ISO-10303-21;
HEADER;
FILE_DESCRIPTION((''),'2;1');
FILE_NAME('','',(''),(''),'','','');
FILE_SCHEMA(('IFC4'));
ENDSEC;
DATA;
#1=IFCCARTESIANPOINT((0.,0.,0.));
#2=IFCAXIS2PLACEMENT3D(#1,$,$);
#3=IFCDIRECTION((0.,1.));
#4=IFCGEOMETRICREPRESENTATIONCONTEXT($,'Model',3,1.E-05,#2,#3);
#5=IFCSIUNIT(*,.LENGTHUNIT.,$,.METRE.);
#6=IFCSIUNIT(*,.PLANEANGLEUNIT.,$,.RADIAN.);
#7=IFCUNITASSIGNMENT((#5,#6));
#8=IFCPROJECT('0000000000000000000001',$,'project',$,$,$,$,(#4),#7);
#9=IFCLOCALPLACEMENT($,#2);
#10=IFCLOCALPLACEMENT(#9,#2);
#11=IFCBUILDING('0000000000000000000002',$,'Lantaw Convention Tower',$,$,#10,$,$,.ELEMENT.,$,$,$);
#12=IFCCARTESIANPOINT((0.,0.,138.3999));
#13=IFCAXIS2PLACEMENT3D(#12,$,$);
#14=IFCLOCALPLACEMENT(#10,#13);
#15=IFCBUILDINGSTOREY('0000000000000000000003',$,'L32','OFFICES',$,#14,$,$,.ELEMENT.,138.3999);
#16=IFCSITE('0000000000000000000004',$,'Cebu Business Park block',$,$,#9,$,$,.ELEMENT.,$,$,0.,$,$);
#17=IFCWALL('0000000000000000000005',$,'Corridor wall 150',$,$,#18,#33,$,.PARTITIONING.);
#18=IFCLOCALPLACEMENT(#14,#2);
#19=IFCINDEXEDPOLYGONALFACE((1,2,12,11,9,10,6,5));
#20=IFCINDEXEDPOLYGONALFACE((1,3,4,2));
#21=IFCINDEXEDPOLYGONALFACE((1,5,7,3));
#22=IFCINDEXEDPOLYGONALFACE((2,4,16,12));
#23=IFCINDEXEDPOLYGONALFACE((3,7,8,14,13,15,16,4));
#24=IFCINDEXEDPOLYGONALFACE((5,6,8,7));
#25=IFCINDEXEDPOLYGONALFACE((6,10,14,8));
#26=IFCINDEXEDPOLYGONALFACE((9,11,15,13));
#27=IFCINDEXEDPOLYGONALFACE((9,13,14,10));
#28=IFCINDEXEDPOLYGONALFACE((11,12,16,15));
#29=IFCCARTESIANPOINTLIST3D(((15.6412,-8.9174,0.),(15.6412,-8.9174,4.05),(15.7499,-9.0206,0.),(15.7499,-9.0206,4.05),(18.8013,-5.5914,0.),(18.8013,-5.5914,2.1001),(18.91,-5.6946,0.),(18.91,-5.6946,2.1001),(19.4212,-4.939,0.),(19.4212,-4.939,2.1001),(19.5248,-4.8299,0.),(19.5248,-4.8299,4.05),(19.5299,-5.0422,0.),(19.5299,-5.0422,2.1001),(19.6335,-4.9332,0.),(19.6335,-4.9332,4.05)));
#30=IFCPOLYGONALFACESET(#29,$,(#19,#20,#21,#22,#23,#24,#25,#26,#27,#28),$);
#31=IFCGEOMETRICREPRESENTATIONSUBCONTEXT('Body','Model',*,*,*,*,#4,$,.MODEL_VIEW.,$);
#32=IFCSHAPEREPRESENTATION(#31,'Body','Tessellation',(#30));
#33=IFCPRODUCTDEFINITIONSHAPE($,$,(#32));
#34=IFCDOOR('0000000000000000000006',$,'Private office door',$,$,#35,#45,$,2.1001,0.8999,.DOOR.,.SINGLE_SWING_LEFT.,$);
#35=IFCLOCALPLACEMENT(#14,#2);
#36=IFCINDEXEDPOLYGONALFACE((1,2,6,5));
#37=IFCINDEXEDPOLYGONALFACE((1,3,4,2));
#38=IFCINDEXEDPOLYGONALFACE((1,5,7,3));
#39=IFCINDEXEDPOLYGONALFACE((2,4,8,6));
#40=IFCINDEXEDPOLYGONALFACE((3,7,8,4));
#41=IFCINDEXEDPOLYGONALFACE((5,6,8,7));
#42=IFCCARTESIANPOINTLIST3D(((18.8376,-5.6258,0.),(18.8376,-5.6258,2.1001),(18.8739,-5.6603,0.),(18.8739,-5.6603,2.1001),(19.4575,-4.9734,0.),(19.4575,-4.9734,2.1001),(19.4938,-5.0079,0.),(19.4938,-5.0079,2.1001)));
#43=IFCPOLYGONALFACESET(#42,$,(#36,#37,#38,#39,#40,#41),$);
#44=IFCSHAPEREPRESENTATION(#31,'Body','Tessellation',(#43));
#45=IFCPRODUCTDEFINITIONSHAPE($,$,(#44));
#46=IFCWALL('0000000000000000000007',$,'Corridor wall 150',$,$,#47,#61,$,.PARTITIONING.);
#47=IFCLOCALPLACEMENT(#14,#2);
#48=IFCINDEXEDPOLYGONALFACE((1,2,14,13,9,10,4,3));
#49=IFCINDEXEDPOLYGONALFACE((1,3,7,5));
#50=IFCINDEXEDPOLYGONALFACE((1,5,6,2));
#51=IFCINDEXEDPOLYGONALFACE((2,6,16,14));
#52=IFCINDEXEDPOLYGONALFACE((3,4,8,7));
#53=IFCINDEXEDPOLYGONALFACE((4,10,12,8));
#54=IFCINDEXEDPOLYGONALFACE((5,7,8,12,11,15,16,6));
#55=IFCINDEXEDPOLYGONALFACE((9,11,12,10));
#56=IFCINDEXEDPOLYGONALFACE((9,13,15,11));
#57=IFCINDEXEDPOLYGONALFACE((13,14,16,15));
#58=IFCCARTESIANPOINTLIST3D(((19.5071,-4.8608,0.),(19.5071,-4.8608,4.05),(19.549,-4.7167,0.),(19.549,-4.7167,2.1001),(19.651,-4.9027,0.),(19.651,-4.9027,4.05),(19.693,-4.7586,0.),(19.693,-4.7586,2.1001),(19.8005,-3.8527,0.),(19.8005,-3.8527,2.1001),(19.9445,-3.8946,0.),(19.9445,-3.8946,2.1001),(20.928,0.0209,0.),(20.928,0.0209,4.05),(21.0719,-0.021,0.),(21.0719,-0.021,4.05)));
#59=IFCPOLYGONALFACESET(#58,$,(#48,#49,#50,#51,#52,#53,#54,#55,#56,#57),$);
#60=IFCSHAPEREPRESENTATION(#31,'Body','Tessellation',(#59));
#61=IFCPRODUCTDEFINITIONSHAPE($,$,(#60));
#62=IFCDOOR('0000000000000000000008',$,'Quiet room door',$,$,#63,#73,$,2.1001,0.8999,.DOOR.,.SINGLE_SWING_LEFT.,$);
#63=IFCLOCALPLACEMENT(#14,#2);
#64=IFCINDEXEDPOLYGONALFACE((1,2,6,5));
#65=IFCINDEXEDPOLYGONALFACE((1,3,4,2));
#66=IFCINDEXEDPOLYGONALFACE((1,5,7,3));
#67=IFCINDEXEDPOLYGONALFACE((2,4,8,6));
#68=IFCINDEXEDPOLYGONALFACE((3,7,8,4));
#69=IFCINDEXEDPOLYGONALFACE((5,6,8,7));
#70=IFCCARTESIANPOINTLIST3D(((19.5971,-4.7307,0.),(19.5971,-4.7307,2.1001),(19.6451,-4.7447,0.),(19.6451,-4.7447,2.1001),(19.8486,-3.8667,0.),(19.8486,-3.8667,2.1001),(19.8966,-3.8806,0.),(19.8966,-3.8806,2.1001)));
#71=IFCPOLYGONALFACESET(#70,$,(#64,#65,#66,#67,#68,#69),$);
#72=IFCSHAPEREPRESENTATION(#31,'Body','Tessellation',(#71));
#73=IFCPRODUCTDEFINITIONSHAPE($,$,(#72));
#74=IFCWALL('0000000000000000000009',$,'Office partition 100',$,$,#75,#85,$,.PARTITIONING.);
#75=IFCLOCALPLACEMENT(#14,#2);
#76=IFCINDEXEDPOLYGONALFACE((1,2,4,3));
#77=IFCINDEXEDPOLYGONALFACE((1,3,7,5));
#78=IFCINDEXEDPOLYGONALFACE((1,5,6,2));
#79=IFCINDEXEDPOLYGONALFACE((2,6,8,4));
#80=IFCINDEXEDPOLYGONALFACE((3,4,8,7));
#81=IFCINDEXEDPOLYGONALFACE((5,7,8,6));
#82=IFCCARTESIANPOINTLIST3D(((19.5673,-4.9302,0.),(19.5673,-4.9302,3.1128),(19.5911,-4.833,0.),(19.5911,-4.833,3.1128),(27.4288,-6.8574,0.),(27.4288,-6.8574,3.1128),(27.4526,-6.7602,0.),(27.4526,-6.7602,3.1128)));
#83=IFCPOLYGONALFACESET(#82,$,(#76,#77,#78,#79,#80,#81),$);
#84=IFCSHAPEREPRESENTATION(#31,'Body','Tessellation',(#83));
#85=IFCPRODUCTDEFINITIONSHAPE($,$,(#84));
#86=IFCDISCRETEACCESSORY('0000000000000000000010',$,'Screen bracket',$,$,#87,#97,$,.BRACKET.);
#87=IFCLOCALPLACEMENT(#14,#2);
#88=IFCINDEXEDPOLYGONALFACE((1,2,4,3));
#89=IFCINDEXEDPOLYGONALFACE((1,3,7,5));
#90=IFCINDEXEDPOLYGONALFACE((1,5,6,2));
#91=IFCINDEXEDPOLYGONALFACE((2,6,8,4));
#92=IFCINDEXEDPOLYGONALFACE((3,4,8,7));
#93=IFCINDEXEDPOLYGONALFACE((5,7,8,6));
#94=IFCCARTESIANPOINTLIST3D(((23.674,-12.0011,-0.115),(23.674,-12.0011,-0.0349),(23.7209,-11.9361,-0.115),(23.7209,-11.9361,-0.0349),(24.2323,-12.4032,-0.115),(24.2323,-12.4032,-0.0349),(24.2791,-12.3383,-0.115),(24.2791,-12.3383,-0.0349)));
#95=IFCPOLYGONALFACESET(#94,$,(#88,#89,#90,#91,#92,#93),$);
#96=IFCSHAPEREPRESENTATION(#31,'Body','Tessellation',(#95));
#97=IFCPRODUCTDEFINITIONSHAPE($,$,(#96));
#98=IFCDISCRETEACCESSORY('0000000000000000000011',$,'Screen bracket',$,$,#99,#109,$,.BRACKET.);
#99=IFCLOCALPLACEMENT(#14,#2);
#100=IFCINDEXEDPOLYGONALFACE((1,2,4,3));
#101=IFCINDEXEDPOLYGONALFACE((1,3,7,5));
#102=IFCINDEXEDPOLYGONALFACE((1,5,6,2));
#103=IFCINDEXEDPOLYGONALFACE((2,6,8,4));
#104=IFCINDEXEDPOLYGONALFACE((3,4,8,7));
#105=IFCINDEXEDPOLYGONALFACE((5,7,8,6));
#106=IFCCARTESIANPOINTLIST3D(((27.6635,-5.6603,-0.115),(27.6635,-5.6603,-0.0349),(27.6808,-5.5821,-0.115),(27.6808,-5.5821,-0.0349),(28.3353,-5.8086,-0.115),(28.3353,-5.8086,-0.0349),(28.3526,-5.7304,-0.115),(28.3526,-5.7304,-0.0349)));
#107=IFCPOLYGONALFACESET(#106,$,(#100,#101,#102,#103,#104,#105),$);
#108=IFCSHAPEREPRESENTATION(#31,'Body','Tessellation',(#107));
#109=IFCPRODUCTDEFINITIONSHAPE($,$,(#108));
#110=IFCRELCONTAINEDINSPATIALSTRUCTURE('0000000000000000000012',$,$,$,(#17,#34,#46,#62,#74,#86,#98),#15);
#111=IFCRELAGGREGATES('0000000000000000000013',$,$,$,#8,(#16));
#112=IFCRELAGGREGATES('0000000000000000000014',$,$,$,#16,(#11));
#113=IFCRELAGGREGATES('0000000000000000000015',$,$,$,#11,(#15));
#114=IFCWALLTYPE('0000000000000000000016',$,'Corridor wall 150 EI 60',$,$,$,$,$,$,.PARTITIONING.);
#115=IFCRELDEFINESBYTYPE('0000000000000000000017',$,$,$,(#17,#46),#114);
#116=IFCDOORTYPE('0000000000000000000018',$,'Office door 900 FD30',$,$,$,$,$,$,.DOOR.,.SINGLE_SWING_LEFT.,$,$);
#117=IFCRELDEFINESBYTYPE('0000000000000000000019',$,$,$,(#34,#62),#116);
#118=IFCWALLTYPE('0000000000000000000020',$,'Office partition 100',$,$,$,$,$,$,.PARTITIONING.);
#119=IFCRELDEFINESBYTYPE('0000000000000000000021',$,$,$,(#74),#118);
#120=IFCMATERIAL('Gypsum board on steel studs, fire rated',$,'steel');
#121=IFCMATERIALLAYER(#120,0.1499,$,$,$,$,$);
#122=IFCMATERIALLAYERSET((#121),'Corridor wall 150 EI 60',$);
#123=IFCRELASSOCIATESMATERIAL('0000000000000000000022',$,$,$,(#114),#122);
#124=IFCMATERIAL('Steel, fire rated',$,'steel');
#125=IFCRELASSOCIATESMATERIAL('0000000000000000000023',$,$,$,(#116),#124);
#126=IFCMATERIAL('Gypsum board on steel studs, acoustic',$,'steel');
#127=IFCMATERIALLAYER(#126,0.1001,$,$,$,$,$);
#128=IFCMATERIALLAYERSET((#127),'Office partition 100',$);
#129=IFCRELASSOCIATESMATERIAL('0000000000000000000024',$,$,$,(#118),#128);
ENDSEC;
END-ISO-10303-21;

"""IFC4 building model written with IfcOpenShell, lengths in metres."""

from ifc_helpers import new_model, si_unit, direction, frame, frame_2d, origin, origin_2d, place, context, subcontext, project, spatial, rectangle, extrude, material, layer, layer_set, type_object, element, fill, save


model = new_model("IFC4")

# Units and contexts
model_context = context("Model", 3, precision=1e-05, world=origin(), true_north=direction((0.0, 1.0)))
body_context = subcontext(model_context, "Body", "Model", "MODEL_VIEW")
ifc_project = project(units=[si_unit("LENGTHUNIT", "METRE"), si_unit("PLANEANGLEUNIT", "RADIAN")], contexts=[model_context])

# Site, building, storey
site_placement = place(None, origin())
site = spatial("IfcSite", under=ifc_project, at=site_placement, Name="Cebu Business Park block", CompositionType="ELEMENT", RefElevation=0.0)
building_placement = place(site_placement, origin())
building = spatial("IfcBuilding", under=site, at=building_placement, Name="Lantaw Convention Tower", CompositionType="ELEMENT")
storey_placement = place(building_placement, frame((0.0, 0.0, 138.3999)))
storey = spatial("IfcBuildingStorey", under=building, at=storey_placement, Name="L32", Description="OFFICES", CompositionType="ELEMENT", Elevation=138.3999)

# Shared definitions
ifc_material_1 = material(Name="Gypsum board on steel studs, fire rated", Category="steel")
ifc_layer_1 = layer(ifc_material_1, 0.1499)
ifc_layer_set_1 = layer_set([ifc_layer_1], Name="Corridor wall 150 EI 60")
wall_type_1 = type_object("IfcWallType", Name="Corridor wall 150 EI 60", PredefinedType="PARTITIONING", material=ifc_layer_set_1)

# Walls, openings, doors
wall_1_placement = place(storey_placement, frame((15.6956, -8.969, 0.0), z_axis=(0.0, 0.0, 1.0), x_axis=(0.688797, 0.724954, 0.0)))
wall_1 = element("IfcWall", 1, at=wall_1_placement, inside=storey, type_object=wall_type_1, Name="Corridor wall 150", PredefinedType="PARTITIONING", context=body_context, shape_type="SweptSolid", body=[
    extrude(rectangle(XDim=5.6382, YDim=0.1499, at=frame_2d((2.8191, 0.0))), origin(), (0.0, 0.0, 1.0), 4.05),
])
opening_1_placement = place(wall_1_placement, frame((4.5879, 0.0, 0.0)))
opening_1 = element("IfcOpeningElement", 2, at=opening_1_placement, cuts=wall_1, PredefinedType="OPENING", context=body_context, shape_type="SweptSolid", body=[
    extrude(rectangle(XDim=0.8999, YDim=2.1001, at=frame_2d((0.45, 1.05))), frame((0.0, 0.085, 0.0), z_axis=(0.0, -1.0, 0.0), x_axis=(1.0, 0.0, 0.0)), (0.0, 0.0, 1.0), 0.1699),
])
ifc_material_2 = material(Name="Steel, fire rated", Category="steel")
door_type = type_object("IfcDoorType", Name="Office door 900 FD30", OperationType="SINGLE_SWING_LEFT", PredefinedType="DOOR", material=ifc_material_2)
door_1_placement = place(opening_1_placement, origin())
door_1 = element("IfcDoor", 3, at=door_1_placement, inside=storey, type_object=door_type, Name="Private office door", OperationType="SINGLE_SWING_LEFT", OverallHeight=2.1001, OverallWidth=0.8999, PredefinedType="DOOR", context=body_context, shape_type="SweptSolid", body=[
    extrude(rectangle(XDim=0.8999, YDim=2.1001, at=frame_2d((0.45, 1.05))), frame((0.0, 0.0249, 0.0), z_axis=(0.0, -1.0, 0.0), x_axis=(1.0, 0.0, 0.0)), (0.0, 0.0, 1.0), 0.05),
])
fill(opening_1, door_1)
wall_2_placement = place(storey_placement, frame((19.5791, -4.8816, 0.0), z_axis=(0.0, 0.0, 1.0), x_axis=(0.279474, 0.960153, 0.0)))
wall_2 = element("IfcWall", 4, at=wall_2_placement, inside=storey, type_object=wall_type_1, Name="Corridor wall 150", PredefinedType="PARTITIONING", context=body_context, shape_type="SweptSolid", body=[
    extrude(rectangle(XDim=5.0842, YDim=0.1499, at=frame_2d((2.542, 0.0))), origin(), (0.0, 0.0, 1.0), 4.05),
])
opening_2_placement = place(wall_2_placement, frame((0.1499, 0.0, 0.0)))
opening_2 = element("IfcOpeningElement", 5, at=opening_2_placement, cuts=wall_2, PredefinedType="OPENING", context=body_context, shape_type="SweptSolid", body=[
    extrude(rectangle(XDim=0.8999, YDim=2.1001, at=frame_2d((0.45, 1.05))), frame((0.0, 0.085, 0.0), z_axis=(0.0, -1.0, 0.0), x_axis=(1.0, 0.0, 0.0)), (0.0, 0.0, 1.0), 0.1699),
])
door_2_placement = place(opening_2_placement, origin())
door_2 = element("IfcDoor", 6, at=door_2_placement, inside=storey, type_object=door_type, Name="Quiet room door", OperationType="SINGLE_SWING_LEFT", OverallHeight=2.1001, OverallWidth=0.8999, PredefinedType="DOOR", context=body_context, shape_type="SweptSolid", body=[
    extrude(rectangle(XDim=0.8999, YDim=2.1001, at=frame_2d((0.45, 1.05))), frame((0.0, 0.0249, 0.0), z_axis=(0.0, -1.0, 0.0), x_axis=(1.0, 0.0, 0.0)), (0.0, 0.0, 1.0), 0.05),
])
fill(opening_2, door_2)

# Wall
ifc_material_3 = material(Name="Gypsum board on steel studs, acoustic", Category="steel")
ifc_layer_2 = layer(ifc_material_3, 0.1001)
ifc_layer_set_2 = layer_set([ifc_layer_2], Name="Office partition 100")
wall_type_2 = type_object("IfcWallType", Name="Office partition 100", PredefinedType="PARTITIONING", material=ifc_layer_set_2)
wall_3_placement = place(storey_placement, frame((27.4407, -6.8088, 0.0), z_axis=(0.0, 0.0, 1.0), x_axis=(-0.971241, 0.238098, 0.0)))
element("IfcWall", 7, at=wall_3_placement, inside=storey, type_object=wall_type_2, Name="Office partition 100", PredefinedType="PARTITIONING", context=body_context, shape_type="SweptSolid", body=[
    extrude(rectangle(XDim=8.0942, YDim=0.1001, at=frame_2d((4.0471, 0.0))), origin(), (0.0, 0.0, 1.0), 3.1128),
])

# Discrete accessories
for number, where, z_axis, x_axis, name in (
    (8, (23.9766, -12.1697, -0.115), (0.0, 0.0, 1.0), (0.584513, 0.811385, 0.0), "Screen bracket"),
    (9, (28.0081, -5.6953, -0.115), (0.0, 0.0, 1.0), (0.215546, 0.976494, 0.0), "Screen bracket"),
):
    element("IfcDiscreteAccessory", number, at=place(storey_placement, frame(where, z_axis=z_axis, x_axis=x_axis)), inside=storey, Name=name, PredefinedType="BRACKET", context=body_context, shape_type="SweptSolid", body=[
        extrude(rectangle(XDim=0.0801, YDim=0.688, at=origin_2d()), origin(), (0.0, 0.0, 1.0), 0.0801),
    ])

save(model, "model.ifc")
